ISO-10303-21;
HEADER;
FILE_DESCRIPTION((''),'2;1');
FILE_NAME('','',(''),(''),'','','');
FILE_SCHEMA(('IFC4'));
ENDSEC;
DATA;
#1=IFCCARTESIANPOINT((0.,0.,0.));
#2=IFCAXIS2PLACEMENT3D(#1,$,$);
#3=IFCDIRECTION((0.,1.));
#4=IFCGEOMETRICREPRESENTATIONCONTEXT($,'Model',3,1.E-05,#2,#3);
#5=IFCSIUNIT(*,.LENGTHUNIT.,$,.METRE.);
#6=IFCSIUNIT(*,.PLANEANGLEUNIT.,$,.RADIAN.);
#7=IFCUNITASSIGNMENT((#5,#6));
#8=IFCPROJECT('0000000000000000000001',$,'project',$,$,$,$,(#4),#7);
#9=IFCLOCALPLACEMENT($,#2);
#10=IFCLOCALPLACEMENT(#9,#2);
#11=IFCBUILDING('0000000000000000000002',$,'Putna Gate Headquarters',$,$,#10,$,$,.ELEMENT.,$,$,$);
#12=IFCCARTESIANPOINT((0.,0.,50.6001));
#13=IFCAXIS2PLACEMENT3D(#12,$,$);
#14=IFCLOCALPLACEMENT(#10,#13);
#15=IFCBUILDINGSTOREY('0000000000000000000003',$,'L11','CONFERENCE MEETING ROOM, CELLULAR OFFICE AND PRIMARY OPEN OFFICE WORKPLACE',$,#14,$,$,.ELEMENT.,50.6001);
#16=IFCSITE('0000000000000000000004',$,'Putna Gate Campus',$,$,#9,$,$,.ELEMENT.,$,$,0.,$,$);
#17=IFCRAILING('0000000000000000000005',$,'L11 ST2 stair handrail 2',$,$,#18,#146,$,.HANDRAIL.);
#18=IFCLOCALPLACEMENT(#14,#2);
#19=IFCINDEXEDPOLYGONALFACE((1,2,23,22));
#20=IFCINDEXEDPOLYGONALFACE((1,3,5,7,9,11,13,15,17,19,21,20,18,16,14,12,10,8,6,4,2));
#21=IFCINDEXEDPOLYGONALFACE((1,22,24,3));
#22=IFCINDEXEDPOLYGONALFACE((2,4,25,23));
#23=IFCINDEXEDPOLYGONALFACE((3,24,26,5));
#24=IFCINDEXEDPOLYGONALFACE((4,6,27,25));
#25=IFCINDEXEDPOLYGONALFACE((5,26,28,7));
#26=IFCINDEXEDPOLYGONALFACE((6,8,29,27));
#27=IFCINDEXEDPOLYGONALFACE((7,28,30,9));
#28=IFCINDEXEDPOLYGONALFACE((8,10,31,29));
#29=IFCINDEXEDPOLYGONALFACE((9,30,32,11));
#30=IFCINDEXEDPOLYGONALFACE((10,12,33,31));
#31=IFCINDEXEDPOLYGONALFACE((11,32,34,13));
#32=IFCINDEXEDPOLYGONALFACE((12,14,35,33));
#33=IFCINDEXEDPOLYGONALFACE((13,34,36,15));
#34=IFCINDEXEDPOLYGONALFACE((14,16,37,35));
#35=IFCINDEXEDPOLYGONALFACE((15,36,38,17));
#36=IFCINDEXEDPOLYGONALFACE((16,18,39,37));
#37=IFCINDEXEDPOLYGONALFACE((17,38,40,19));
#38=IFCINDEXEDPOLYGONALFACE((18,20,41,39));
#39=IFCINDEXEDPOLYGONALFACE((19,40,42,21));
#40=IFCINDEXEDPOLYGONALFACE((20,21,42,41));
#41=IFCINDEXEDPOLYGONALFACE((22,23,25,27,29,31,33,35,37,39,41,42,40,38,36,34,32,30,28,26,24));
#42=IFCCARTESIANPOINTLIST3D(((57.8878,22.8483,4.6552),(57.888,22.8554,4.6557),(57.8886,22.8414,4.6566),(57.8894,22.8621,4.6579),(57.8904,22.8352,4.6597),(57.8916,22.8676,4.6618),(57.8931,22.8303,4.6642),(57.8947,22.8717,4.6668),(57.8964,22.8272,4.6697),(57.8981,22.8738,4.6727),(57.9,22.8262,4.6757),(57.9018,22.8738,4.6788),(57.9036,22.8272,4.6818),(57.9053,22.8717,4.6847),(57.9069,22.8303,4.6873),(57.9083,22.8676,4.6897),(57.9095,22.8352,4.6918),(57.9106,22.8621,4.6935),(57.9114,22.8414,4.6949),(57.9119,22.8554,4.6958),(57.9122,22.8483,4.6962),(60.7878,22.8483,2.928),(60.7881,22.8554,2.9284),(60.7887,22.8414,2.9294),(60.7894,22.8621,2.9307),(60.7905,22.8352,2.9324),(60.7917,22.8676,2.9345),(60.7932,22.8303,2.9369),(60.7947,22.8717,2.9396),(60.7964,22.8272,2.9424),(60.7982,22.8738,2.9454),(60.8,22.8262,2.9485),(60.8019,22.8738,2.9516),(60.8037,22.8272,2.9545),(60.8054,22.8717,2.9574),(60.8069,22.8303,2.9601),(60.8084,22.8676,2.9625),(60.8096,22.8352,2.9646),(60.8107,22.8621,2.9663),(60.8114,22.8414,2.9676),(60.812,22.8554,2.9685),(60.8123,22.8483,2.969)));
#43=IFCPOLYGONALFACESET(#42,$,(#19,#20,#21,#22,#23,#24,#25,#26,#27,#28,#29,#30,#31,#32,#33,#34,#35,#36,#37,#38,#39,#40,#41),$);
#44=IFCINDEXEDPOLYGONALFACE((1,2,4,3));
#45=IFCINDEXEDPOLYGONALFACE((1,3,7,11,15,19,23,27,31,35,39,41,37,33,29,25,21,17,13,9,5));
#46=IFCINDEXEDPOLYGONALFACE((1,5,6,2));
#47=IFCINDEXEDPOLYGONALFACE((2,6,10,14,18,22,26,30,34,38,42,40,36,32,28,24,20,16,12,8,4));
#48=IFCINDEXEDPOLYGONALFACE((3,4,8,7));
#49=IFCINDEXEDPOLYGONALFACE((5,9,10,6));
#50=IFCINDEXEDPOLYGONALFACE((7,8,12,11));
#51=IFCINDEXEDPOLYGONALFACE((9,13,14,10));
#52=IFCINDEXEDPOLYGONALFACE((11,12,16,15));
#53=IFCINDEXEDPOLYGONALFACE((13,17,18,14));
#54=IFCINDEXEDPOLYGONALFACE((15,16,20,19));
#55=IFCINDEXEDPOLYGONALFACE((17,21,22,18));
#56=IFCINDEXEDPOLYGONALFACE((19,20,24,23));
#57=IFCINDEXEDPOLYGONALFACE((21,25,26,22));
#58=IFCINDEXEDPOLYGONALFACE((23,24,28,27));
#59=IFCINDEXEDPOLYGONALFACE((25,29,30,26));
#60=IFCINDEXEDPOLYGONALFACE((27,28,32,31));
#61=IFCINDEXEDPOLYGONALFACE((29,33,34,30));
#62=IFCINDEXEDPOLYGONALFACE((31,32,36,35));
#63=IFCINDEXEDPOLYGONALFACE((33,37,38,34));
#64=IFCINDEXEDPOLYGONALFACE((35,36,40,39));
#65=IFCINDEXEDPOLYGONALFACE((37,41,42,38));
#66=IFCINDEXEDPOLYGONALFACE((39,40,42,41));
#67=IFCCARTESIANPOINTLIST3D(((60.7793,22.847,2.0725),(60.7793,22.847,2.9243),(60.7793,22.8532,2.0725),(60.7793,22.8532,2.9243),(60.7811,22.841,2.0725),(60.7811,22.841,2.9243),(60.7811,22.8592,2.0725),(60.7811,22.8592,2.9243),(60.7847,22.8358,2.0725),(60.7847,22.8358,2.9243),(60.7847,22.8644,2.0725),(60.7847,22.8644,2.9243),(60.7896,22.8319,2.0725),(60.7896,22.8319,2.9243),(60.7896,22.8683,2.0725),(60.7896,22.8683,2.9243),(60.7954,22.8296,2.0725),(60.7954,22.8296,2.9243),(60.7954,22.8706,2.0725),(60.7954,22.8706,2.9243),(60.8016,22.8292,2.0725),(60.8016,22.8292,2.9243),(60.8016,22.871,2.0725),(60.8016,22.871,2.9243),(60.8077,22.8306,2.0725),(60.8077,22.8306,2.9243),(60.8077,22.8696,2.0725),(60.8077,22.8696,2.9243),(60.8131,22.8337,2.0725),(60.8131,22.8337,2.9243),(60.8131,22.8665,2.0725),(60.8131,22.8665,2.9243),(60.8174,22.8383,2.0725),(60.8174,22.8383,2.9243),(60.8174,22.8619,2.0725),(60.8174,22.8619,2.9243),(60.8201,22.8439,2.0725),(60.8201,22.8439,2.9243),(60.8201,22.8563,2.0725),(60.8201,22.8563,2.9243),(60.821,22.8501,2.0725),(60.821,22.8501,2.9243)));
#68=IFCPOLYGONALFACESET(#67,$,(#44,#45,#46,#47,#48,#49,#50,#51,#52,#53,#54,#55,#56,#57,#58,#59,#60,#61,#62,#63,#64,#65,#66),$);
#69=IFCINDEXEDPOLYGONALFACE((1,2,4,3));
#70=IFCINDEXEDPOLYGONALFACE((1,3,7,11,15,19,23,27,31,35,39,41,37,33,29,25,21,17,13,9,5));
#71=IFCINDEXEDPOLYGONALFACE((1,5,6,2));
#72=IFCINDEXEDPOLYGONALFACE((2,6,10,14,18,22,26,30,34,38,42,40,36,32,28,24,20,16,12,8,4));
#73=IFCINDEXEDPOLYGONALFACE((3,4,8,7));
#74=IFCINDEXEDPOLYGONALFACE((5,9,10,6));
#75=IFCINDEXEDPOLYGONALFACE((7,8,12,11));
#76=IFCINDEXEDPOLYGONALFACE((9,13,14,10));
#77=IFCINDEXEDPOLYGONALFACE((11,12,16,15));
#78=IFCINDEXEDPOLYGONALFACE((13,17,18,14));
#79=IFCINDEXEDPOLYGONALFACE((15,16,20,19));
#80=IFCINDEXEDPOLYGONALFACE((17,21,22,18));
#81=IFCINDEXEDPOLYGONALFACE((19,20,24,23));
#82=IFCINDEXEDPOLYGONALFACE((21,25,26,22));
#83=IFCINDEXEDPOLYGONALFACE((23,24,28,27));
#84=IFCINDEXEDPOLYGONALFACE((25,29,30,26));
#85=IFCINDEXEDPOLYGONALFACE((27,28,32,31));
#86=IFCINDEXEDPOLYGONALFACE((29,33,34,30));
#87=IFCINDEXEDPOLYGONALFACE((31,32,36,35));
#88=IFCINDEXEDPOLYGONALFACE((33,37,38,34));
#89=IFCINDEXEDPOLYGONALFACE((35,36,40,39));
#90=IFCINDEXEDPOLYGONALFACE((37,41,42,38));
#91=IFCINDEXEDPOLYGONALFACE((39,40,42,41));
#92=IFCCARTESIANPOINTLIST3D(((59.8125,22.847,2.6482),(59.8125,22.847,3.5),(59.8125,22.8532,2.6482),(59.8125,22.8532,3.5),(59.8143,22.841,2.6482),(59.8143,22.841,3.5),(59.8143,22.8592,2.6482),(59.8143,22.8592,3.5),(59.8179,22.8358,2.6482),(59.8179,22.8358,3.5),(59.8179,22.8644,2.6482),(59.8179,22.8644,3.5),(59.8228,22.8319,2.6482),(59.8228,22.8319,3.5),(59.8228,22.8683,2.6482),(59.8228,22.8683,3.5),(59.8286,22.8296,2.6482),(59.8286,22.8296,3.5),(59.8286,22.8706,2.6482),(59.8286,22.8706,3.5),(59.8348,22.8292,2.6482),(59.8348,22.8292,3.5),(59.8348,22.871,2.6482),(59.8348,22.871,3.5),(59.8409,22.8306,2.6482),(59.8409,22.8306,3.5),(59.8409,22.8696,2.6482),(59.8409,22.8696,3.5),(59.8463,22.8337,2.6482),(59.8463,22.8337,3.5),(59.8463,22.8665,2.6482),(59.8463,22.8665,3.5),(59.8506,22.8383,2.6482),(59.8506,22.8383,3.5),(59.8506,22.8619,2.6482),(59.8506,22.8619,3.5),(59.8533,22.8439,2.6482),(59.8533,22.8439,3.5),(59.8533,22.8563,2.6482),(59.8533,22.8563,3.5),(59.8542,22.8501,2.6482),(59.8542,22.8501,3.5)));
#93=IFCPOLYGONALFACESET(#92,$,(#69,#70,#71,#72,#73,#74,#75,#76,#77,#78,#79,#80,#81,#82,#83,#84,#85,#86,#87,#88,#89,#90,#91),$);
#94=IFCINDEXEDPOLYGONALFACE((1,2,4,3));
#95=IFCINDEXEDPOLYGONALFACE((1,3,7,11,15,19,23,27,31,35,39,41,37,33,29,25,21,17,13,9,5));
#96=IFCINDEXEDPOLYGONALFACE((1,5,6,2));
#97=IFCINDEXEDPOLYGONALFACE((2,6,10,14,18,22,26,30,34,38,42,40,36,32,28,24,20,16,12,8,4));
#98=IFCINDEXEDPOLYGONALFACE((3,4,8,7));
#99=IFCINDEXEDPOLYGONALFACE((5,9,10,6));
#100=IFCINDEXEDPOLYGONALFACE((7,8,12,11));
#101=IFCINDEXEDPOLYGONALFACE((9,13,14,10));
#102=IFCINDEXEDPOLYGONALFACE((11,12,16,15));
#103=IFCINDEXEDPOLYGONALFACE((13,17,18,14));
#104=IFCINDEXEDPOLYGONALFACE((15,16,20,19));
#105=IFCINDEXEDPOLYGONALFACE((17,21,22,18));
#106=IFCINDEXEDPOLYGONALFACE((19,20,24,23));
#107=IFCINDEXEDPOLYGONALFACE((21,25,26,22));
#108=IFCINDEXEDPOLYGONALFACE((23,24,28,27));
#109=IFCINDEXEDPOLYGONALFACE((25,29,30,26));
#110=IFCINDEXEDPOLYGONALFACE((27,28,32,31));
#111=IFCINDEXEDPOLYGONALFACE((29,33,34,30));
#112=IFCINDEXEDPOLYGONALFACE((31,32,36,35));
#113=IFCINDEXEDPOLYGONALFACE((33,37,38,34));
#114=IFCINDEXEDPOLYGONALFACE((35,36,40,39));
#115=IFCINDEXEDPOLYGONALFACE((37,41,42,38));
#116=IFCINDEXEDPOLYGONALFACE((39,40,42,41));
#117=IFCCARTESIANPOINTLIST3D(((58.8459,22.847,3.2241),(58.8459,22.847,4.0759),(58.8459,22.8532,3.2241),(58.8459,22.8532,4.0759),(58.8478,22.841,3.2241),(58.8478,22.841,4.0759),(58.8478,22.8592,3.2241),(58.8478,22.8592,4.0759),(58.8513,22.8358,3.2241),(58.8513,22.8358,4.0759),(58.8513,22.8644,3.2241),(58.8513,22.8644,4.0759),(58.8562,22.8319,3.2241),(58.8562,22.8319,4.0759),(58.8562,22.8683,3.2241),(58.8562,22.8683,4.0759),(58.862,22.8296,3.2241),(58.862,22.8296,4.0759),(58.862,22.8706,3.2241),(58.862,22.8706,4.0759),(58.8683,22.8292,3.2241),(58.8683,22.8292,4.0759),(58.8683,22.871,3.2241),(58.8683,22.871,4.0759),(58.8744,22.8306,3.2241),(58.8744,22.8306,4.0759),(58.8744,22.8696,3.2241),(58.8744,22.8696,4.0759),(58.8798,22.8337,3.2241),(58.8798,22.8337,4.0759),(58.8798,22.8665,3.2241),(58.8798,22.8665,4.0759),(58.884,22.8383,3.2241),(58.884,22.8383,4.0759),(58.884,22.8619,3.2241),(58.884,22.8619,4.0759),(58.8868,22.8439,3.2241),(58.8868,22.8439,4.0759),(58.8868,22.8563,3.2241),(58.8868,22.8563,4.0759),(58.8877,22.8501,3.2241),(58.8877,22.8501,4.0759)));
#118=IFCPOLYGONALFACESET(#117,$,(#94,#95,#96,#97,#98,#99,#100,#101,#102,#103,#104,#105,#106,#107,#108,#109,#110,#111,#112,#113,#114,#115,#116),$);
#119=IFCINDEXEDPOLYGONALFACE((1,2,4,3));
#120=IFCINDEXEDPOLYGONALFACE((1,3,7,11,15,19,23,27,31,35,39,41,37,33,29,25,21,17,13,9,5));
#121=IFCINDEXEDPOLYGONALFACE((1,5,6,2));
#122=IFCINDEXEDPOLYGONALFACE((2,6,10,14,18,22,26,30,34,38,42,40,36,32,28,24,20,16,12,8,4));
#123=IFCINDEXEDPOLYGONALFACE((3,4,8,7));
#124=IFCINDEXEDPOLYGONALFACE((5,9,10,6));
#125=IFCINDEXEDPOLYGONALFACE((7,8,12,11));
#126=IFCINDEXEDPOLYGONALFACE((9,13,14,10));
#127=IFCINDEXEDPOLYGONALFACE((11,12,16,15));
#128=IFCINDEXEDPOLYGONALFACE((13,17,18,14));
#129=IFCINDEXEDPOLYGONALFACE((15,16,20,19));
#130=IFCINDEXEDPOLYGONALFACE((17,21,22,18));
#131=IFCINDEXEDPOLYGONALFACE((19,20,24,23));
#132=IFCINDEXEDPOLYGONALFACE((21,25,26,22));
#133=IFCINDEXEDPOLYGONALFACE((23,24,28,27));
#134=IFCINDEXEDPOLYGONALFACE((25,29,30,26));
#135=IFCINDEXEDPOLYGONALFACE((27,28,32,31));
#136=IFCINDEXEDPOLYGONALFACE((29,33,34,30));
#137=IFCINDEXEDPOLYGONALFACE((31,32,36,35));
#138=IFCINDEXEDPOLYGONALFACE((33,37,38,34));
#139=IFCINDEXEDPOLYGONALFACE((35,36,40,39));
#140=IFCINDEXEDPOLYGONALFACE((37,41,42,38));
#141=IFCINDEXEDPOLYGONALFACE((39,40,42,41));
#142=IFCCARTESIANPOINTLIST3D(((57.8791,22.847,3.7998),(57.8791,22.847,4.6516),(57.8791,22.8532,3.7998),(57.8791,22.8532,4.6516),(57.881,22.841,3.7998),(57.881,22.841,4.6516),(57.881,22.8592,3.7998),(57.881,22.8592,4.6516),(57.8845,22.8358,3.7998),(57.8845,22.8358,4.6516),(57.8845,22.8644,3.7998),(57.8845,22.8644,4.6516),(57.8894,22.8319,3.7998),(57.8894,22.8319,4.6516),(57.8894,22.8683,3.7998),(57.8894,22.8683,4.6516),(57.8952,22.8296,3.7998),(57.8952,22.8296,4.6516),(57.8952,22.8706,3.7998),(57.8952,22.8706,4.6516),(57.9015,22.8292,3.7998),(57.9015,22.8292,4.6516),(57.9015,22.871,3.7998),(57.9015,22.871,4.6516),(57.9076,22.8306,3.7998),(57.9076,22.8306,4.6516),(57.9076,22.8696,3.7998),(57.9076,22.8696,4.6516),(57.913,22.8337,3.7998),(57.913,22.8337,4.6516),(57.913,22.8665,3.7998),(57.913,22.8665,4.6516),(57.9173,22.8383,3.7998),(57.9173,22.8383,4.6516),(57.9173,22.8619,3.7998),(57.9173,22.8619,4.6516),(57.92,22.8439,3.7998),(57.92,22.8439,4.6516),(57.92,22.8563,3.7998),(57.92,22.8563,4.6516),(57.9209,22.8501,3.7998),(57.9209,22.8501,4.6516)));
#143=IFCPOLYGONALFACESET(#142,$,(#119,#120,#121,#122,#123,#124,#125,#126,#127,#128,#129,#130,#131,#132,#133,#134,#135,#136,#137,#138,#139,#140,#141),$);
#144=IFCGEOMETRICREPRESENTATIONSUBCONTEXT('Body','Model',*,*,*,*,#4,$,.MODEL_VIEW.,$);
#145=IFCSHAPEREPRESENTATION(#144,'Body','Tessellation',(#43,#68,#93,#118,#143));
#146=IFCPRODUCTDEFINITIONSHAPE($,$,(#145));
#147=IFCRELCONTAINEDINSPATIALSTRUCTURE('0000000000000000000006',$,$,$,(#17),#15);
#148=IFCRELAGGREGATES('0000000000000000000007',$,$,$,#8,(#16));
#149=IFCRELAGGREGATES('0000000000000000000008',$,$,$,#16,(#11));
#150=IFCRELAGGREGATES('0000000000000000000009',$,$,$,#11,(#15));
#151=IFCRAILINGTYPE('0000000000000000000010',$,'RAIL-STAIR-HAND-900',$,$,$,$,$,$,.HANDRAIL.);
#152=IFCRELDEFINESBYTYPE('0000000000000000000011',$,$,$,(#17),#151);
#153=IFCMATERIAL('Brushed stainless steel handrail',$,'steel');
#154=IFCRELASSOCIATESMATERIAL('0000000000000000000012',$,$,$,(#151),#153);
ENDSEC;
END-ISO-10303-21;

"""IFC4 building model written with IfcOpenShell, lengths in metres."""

from ifc_helpers import new_model, si_unit, direction, frame, origin, origin_2d, place, context, subcontext, project, spatial, circle, extrude, material, type_object, element, save


model = new_model("IFC4")

# Units and contexts
model_context = context("Model", 3, precision=1e-05, world=origin(), true_north=direction((0.0, 1.0)))
body_context = subcontext(model_context, "Body", "Model", "MODEL_VIEW")
ifc_project = project(units=[si_unit("LENGTHUNIT", "METRE"), si_unit("PLANEANGLEUNIT", "RADIAN")], contexts=[model_context])

# Site, building, storey
site_placement = place(None, origin())
site = spatial("IfcSite", under=ifc_project, at=site_placement, Name="Putna Gate Campus", CompositionType="ELEMENT", RefElevation=0.0)
building_placement = place(site_placement, origin())
building = spatial("IfcBuilding", under=site, at=building_placement, Name="Putna Gate Headquarters", CompositionType="ELEMENT")
storey_placement = place(building_placement, frame((0.0, 0.0, 50.6001)))
storey = spatial("IfcBuildingStorey", under=building, at=storey_placement, Name="L11", Description="CONFERENCE MEETING ROOM, CELLULAR OFFICE AND PRIMARY OPEN OFFICE WORKPLACE", CompositionType="ELEMENT", Elevation=50.6001)

# Railing
ifc_material_1 = material(Name="Brushed stainless steel handrail", Category="steel")
railing_type_1 = type_object("IfcRailingType", Name="RAIL-STAIR-HAND-900", PredefinedType="HANDRAIL", material=ifc_material_1)
railing_1_placement = place(storey_placement, frame((60.8, 22.8501, 2.0725)))
element("IfcRailing", 1, at=railing_1_placement, inside=storey, type_object=railing_type_1, Name="L11 ST2 stair handrail 2", PredefinedType="HANDRAIL", context=body_context, shape_type="SweptSolid", body=[
    extrude(circle(Radius=0.0239, at=origin_2d()), frame((0.0, 0.0, 0.876), z_axis=(-0.85916, 0.0, 0.511706), x_axis=(0.0, -1.0, 0.0)), (0.0, 0.0, 1.0), 3.3755),
    extrude(circle(Radius=0.021, at=origin_2d()), origin(), (0.0, 0.0, 1.0), 0.8518),
    extrude(circle(Radius=0.021, at=origin_2d()), frame((-0.9668, 0.0, 0.5757)), (0.0, 0.0, 1.0), 0.8518),
    extrude(circle(Radius=0.021, at=origin_2d()), frame((-1.9333, 0.0, 1.1516)), (0.0, 0.0, 1.0), 0.8518),
    extrude(circle(Radius=0.021, at=origin_2d()), frame((-2.9001, 0.0, 1.7273)), (0.0, 0.0, 1.0), 0.8518),
])

save(model, "model.ifc")
